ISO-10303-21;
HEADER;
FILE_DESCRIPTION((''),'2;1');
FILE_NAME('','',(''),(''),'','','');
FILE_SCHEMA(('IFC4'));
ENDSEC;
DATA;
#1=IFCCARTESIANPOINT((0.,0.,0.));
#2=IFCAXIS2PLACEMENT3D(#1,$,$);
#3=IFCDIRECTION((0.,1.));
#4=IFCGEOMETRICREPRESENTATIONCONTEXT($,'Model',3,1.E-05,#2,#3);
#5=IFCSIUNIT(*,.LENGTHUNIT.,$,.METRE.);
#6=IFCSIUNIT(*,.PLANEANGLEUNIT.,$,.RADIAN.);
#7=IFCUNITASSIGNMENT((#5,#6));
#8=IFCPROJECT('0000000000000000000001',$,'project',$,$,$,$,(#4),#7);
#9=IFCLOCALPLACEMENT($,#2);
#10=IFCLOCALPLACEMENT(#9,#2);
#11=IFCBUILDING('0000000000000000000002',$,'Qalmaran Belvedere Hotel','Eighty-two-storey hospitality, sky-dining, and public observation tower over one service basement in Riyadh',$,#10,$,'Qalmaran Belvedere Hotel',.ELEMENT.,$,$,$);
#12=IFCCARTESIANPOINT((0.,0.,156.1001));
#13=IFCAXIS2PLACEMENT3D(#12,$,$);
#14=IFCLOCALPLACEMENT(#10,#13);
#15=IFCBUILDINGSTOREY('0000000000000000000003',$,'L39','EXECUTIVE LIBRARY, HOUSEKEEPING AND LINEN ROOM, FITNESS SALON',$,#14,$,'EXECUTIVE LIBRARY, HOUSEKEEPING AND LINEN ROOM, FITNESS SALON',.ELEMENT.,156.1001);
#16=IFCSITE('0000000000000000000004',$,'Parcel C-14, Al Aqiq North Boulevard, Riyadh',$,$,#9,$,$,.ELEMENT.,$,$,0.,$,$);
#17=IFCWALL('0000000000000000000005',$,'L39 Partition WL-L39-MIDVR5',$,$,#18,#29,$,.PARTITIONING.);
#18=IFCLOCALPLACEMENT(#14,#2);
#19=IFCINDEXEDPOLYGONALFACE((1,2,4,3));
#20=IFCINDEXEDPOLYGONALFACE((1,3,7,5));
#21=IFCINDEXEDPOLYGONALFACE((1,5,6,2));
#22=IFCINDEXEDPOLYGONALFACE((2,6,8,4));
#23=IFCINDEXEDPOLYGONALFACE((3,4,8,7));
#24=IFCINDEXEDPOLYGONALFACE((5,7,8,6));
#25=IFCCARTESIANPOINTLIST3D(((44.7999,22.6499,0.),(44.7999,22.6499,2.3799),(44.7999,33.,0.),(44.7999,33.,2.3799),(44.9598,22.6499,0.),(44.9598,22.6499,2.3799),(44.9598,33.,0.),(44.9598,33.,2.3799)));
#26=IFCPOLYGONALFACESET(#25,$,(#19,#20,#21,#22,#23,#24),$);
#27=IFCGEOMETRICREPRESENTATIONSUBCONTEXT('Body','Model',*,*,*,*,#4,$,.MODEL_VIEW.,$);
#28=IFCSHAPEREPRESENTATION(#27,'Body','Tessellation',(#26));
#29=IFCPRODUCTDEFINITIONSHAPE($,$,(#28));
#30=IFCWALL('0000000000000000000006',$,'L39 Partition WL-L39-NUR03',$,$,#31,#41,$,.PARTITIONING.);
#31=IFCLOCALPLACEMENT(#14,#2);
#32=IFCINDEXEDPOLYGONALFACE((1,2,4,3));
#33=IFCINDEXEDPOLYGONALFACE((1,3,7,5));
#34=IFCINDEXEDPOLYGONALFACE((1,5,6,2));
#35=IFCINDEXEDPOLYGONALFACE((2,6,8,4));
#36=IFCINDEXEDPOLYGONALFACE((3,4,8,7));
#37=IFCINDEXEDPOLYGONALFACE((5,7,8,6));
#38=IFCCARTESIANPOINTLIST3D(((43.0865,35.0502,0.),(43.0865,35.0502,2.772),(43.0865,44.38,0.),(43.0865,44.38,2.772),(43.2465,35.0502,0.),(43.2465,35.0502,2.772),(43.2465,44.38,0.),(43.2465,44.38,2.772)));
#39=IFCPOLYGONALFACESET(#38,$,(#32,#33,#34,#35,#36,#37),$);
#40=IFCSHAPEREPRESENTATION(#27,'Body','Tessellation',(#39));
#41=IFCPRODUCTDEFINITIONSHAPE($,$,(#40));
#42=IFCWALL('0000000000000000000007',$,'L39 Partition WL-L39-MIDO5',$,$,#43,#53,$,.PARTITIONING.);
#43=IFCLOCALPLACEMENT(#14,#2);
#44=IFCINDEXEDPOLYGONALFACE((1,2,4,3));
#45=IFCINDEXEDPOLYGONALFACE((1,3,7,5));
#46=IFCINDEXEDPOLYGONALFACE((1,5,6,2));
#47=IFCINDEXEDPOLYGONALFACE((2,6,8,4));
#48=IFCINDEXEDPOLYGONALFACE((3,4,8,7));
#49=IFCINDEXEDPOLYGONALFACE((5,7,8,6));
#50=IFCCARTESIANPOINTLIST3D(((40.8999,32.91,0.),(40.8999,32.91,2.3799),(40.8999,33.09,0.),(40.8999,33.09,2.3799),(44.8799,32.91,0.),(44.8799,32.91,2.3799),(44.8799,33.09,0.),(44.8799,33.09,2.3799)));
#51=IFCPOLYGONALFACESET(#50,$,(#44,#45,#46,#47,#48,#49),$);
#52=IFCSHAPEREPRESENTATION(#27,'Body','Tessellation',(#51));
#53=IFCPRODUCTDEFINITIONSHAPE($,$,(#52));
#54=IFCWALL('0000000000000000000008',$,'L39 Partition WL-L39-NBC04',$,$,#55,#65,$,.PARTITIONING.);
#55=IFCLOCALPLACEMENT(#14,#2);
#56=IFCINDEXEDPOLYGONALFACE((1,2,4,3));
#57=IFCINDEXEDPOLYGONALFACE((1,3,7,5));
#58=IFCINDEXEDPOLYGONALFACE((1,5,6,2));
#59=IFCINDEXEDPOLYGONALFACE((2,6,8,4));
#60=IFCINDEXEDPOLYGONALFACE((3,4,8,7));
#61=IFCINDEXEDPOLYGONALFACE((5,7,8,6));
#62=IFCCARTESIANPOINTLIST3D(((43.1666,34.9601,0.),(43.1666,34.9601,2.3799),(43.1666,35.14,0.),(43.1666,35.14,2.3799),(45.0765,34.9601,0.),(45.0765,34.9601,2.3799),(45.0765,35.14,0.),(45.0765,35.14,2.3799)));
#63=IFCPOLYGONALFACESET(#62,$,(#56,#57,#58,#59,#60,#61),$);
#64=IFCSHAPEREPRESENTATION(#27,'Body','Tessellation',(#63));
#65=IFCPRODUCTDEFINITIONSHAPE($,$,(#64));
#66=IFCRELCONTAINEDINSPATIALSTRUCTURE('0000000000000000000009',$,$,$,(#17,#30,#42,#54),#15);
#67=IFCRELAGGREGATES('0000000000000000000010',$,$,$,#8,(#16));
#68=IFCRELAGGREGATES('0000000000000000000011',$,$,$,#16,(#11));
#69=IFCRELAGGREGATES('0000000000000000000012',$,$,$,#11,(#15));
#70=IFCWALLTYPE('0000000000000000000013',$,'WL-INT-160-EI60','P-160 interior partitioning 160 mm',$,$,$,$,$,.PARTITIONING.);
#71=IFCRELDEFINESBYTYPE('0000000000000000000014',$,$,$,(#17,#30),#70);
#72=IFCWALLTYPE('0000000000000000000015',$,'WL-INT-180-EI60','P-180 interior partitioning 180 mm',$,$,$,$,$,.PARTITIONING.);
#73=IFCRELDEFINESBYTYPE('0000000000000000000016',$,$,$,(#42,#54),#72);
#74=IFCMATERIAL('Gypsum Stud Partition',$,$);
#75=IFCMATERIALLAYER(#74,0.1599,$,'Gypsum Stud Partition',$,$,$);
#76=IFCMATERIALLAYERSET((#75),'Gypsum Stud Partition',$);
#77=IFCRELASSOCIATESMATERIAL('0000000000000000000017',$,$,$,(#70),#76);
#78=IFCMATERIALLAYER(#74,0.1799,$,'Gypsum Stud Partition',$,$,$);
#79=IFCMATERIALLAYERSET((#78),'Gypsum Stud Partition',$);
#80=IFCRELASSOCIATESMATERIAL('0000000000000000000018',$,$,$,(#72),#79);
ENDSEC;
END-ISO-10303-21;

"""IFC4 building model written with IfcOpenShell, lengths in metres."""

from ifc_helpers import new_model, si_unit, direction, frame, frame_2d, origin, place, context, subcontext, project, spatial, rectangle, extrude, material, layer, layer_set, type_object, element, save


model = new_model("IFC4")

# Units and contexts
model_context = context("Model", 3, precision=1e-05, world=origin(), true_north=direction((0.0, 1.0)))
body_context = subcontext(model_context, "Body", "Model", "MODEL_VIEW")
ifc_project = project(units=[si_unit("LENGTHUNIT", "METRE"), si_unit("PLANEANGLEUNIT", "RADIAN")], contexts=[model_context])

# Site, building, storey
site_placement = place(None, origin())
site = spatial("IfcSite", under=ifc_project, at=site_placement, Name="Parcel C-14, Al Aqiq North Boulevard, Riyadh", CompositionType="ELEMENT", RefElevation=0.0)
building_placement = place(site_placement, origin())
building = spatial("IfcBuilding", under=site, at=building_placement, Name="Qalmaran Belvedere Hotel", Description="Eighty-two-storey hospitality, sky-dining, and public observation tower over one service basement in Riyadh", LongName="Qalmaran Belvedere Hotel", CompositionType="ELEMENT")
storey_placement = place(building_placement, frame((0.0, 0.0, 156.1001)))
storey = spatial("IfcBuildingStorey", under=building, at=storey_placement, Name="L39", Description="EXECUTIVE LIBRARY, HOUSEKEEPING AND LINEN ROOM, FITNESS SALON", LongName="EXECUTIVE LIBRARY, HOUSEKEEPING AND LINEN ROOM, FITNESS SALON", CompositionType="ELEMENT", Elevation=156.1001)

# Shared definitions
ifc_material_1 = material(Name="Gypsum Stud Partition")
ifc_layer_1 = layer(ifc_material_1, 0.1599, Name="Gypsum Stud Partition")
ifc_layer_set_1 = layer_set([ifc_layer_1], Name="Gypsum Stud Partition")
wall_type_1 = type_object("IfcWallType", Name="WL-INT-160-EI60", Description="P-160 interior partitioning 160 mm", PredefinedType="PARTITIONING", material=ifc_layer_set_1)

# Walls
wall_1_placement = place(storey_placement, frame((44.8799, 22.6499, 0.0), z_axis=(0.0, 0.0, 1.0), x_axis=(0.0, 1.0, 0.0)))
element("IfcWall", 1, at=wall_1_placement, inside=storey, type_object=wall_type_1, Name="L39 Partition WL-L39-MIDVR5", PredefinedType="PARTITIONING", context=body_context, shape_type="SweptSolid", body=[
    extrude(rectangle(XDim=10.3501, YDim=0.1599, at=frame_2d((5.175, 0.0))), origin(), (0.0, 0.0, 1.0), 2.3799),
])
wall_2_placement = place(storey_placement, frame((43.1665, 35.05, 0.0), z_axis=(0.0, 0.0, 1.0), x_axis=(0.0, 1.0, 0.0)))
element("IfcWall", 2, at=wall_2_placement, inside=storey, type_object=wall_type_1, Name="L39 Partition WL-L39-NUR03", PredefinedType="PARTITIONING", context=body_context, shape_type="SweptSolid", body=[
    extrude(rectangle(XDim=9.3298, YDim=0.1599, at=frame_2d((4.665, 0.0))), origin(), (0.0, 0.0, 1.0), 2.772),
])

# Shared definitions
ifc_layer_2 = layer(ifc_material_1, 0.1799, Name="Gypsum Stud Partition")
ifc_layer_set_2 = layer_set([ifc_layer_2], Name="Gypsum Stud Partition")
wall_type_2 = type_object("IfcWallType", Name="WL-INT-180-EI60", Description="P-180 interior partitioning 180 mm", PredefinedType="PARTITIONING", material=ifc_layer_set_2)

# Walls
wall_3_placement = place(storey_placement, frame((40.8999, 33.0, 0.0), z_axis=(0.0, 0.0, 1.0), x_axis=(1.0, 0.0, 0.0)))
element("IfcWall", 3, at=wall_3_placement, inside=storey, type_object=wall_type_2, Name="L39 Partition WL-L39-MIDO5", PredefinedType="PARTITIONING", context=body_context, shape_type="SweptSolid", body=[
    extrude(rectangle(XDim=3.98, YDim=0.1799, at=frame_2d((1.99, 0.0))), origin(), (0.0, 0.0, 1.0), 2.3799),
])
wall_4_placement = place(storey_placement, frame((43.1665, 35.05, 0.0), z_axis=(0.0, 0.0, 1.0), x_axis=(1.0, 0.0, 0.0)))
element("IfcWall", 4, at=wall_4_placement, inside=storey, type_object=wall_type_2, Name="L39 Partition WL-L39-NBC04", PredefinedType="PARTITIONING", context=body_context, shape_type="SweptSolid", body=[
    extrude(rectangle(XDim=1.9099, YDim=0.1799, at=frame_2d((0.9551, 0.0))), origin(), (0.0, 0.0, 1.0), 2.3799),
])

save(model, "model.ifc")
